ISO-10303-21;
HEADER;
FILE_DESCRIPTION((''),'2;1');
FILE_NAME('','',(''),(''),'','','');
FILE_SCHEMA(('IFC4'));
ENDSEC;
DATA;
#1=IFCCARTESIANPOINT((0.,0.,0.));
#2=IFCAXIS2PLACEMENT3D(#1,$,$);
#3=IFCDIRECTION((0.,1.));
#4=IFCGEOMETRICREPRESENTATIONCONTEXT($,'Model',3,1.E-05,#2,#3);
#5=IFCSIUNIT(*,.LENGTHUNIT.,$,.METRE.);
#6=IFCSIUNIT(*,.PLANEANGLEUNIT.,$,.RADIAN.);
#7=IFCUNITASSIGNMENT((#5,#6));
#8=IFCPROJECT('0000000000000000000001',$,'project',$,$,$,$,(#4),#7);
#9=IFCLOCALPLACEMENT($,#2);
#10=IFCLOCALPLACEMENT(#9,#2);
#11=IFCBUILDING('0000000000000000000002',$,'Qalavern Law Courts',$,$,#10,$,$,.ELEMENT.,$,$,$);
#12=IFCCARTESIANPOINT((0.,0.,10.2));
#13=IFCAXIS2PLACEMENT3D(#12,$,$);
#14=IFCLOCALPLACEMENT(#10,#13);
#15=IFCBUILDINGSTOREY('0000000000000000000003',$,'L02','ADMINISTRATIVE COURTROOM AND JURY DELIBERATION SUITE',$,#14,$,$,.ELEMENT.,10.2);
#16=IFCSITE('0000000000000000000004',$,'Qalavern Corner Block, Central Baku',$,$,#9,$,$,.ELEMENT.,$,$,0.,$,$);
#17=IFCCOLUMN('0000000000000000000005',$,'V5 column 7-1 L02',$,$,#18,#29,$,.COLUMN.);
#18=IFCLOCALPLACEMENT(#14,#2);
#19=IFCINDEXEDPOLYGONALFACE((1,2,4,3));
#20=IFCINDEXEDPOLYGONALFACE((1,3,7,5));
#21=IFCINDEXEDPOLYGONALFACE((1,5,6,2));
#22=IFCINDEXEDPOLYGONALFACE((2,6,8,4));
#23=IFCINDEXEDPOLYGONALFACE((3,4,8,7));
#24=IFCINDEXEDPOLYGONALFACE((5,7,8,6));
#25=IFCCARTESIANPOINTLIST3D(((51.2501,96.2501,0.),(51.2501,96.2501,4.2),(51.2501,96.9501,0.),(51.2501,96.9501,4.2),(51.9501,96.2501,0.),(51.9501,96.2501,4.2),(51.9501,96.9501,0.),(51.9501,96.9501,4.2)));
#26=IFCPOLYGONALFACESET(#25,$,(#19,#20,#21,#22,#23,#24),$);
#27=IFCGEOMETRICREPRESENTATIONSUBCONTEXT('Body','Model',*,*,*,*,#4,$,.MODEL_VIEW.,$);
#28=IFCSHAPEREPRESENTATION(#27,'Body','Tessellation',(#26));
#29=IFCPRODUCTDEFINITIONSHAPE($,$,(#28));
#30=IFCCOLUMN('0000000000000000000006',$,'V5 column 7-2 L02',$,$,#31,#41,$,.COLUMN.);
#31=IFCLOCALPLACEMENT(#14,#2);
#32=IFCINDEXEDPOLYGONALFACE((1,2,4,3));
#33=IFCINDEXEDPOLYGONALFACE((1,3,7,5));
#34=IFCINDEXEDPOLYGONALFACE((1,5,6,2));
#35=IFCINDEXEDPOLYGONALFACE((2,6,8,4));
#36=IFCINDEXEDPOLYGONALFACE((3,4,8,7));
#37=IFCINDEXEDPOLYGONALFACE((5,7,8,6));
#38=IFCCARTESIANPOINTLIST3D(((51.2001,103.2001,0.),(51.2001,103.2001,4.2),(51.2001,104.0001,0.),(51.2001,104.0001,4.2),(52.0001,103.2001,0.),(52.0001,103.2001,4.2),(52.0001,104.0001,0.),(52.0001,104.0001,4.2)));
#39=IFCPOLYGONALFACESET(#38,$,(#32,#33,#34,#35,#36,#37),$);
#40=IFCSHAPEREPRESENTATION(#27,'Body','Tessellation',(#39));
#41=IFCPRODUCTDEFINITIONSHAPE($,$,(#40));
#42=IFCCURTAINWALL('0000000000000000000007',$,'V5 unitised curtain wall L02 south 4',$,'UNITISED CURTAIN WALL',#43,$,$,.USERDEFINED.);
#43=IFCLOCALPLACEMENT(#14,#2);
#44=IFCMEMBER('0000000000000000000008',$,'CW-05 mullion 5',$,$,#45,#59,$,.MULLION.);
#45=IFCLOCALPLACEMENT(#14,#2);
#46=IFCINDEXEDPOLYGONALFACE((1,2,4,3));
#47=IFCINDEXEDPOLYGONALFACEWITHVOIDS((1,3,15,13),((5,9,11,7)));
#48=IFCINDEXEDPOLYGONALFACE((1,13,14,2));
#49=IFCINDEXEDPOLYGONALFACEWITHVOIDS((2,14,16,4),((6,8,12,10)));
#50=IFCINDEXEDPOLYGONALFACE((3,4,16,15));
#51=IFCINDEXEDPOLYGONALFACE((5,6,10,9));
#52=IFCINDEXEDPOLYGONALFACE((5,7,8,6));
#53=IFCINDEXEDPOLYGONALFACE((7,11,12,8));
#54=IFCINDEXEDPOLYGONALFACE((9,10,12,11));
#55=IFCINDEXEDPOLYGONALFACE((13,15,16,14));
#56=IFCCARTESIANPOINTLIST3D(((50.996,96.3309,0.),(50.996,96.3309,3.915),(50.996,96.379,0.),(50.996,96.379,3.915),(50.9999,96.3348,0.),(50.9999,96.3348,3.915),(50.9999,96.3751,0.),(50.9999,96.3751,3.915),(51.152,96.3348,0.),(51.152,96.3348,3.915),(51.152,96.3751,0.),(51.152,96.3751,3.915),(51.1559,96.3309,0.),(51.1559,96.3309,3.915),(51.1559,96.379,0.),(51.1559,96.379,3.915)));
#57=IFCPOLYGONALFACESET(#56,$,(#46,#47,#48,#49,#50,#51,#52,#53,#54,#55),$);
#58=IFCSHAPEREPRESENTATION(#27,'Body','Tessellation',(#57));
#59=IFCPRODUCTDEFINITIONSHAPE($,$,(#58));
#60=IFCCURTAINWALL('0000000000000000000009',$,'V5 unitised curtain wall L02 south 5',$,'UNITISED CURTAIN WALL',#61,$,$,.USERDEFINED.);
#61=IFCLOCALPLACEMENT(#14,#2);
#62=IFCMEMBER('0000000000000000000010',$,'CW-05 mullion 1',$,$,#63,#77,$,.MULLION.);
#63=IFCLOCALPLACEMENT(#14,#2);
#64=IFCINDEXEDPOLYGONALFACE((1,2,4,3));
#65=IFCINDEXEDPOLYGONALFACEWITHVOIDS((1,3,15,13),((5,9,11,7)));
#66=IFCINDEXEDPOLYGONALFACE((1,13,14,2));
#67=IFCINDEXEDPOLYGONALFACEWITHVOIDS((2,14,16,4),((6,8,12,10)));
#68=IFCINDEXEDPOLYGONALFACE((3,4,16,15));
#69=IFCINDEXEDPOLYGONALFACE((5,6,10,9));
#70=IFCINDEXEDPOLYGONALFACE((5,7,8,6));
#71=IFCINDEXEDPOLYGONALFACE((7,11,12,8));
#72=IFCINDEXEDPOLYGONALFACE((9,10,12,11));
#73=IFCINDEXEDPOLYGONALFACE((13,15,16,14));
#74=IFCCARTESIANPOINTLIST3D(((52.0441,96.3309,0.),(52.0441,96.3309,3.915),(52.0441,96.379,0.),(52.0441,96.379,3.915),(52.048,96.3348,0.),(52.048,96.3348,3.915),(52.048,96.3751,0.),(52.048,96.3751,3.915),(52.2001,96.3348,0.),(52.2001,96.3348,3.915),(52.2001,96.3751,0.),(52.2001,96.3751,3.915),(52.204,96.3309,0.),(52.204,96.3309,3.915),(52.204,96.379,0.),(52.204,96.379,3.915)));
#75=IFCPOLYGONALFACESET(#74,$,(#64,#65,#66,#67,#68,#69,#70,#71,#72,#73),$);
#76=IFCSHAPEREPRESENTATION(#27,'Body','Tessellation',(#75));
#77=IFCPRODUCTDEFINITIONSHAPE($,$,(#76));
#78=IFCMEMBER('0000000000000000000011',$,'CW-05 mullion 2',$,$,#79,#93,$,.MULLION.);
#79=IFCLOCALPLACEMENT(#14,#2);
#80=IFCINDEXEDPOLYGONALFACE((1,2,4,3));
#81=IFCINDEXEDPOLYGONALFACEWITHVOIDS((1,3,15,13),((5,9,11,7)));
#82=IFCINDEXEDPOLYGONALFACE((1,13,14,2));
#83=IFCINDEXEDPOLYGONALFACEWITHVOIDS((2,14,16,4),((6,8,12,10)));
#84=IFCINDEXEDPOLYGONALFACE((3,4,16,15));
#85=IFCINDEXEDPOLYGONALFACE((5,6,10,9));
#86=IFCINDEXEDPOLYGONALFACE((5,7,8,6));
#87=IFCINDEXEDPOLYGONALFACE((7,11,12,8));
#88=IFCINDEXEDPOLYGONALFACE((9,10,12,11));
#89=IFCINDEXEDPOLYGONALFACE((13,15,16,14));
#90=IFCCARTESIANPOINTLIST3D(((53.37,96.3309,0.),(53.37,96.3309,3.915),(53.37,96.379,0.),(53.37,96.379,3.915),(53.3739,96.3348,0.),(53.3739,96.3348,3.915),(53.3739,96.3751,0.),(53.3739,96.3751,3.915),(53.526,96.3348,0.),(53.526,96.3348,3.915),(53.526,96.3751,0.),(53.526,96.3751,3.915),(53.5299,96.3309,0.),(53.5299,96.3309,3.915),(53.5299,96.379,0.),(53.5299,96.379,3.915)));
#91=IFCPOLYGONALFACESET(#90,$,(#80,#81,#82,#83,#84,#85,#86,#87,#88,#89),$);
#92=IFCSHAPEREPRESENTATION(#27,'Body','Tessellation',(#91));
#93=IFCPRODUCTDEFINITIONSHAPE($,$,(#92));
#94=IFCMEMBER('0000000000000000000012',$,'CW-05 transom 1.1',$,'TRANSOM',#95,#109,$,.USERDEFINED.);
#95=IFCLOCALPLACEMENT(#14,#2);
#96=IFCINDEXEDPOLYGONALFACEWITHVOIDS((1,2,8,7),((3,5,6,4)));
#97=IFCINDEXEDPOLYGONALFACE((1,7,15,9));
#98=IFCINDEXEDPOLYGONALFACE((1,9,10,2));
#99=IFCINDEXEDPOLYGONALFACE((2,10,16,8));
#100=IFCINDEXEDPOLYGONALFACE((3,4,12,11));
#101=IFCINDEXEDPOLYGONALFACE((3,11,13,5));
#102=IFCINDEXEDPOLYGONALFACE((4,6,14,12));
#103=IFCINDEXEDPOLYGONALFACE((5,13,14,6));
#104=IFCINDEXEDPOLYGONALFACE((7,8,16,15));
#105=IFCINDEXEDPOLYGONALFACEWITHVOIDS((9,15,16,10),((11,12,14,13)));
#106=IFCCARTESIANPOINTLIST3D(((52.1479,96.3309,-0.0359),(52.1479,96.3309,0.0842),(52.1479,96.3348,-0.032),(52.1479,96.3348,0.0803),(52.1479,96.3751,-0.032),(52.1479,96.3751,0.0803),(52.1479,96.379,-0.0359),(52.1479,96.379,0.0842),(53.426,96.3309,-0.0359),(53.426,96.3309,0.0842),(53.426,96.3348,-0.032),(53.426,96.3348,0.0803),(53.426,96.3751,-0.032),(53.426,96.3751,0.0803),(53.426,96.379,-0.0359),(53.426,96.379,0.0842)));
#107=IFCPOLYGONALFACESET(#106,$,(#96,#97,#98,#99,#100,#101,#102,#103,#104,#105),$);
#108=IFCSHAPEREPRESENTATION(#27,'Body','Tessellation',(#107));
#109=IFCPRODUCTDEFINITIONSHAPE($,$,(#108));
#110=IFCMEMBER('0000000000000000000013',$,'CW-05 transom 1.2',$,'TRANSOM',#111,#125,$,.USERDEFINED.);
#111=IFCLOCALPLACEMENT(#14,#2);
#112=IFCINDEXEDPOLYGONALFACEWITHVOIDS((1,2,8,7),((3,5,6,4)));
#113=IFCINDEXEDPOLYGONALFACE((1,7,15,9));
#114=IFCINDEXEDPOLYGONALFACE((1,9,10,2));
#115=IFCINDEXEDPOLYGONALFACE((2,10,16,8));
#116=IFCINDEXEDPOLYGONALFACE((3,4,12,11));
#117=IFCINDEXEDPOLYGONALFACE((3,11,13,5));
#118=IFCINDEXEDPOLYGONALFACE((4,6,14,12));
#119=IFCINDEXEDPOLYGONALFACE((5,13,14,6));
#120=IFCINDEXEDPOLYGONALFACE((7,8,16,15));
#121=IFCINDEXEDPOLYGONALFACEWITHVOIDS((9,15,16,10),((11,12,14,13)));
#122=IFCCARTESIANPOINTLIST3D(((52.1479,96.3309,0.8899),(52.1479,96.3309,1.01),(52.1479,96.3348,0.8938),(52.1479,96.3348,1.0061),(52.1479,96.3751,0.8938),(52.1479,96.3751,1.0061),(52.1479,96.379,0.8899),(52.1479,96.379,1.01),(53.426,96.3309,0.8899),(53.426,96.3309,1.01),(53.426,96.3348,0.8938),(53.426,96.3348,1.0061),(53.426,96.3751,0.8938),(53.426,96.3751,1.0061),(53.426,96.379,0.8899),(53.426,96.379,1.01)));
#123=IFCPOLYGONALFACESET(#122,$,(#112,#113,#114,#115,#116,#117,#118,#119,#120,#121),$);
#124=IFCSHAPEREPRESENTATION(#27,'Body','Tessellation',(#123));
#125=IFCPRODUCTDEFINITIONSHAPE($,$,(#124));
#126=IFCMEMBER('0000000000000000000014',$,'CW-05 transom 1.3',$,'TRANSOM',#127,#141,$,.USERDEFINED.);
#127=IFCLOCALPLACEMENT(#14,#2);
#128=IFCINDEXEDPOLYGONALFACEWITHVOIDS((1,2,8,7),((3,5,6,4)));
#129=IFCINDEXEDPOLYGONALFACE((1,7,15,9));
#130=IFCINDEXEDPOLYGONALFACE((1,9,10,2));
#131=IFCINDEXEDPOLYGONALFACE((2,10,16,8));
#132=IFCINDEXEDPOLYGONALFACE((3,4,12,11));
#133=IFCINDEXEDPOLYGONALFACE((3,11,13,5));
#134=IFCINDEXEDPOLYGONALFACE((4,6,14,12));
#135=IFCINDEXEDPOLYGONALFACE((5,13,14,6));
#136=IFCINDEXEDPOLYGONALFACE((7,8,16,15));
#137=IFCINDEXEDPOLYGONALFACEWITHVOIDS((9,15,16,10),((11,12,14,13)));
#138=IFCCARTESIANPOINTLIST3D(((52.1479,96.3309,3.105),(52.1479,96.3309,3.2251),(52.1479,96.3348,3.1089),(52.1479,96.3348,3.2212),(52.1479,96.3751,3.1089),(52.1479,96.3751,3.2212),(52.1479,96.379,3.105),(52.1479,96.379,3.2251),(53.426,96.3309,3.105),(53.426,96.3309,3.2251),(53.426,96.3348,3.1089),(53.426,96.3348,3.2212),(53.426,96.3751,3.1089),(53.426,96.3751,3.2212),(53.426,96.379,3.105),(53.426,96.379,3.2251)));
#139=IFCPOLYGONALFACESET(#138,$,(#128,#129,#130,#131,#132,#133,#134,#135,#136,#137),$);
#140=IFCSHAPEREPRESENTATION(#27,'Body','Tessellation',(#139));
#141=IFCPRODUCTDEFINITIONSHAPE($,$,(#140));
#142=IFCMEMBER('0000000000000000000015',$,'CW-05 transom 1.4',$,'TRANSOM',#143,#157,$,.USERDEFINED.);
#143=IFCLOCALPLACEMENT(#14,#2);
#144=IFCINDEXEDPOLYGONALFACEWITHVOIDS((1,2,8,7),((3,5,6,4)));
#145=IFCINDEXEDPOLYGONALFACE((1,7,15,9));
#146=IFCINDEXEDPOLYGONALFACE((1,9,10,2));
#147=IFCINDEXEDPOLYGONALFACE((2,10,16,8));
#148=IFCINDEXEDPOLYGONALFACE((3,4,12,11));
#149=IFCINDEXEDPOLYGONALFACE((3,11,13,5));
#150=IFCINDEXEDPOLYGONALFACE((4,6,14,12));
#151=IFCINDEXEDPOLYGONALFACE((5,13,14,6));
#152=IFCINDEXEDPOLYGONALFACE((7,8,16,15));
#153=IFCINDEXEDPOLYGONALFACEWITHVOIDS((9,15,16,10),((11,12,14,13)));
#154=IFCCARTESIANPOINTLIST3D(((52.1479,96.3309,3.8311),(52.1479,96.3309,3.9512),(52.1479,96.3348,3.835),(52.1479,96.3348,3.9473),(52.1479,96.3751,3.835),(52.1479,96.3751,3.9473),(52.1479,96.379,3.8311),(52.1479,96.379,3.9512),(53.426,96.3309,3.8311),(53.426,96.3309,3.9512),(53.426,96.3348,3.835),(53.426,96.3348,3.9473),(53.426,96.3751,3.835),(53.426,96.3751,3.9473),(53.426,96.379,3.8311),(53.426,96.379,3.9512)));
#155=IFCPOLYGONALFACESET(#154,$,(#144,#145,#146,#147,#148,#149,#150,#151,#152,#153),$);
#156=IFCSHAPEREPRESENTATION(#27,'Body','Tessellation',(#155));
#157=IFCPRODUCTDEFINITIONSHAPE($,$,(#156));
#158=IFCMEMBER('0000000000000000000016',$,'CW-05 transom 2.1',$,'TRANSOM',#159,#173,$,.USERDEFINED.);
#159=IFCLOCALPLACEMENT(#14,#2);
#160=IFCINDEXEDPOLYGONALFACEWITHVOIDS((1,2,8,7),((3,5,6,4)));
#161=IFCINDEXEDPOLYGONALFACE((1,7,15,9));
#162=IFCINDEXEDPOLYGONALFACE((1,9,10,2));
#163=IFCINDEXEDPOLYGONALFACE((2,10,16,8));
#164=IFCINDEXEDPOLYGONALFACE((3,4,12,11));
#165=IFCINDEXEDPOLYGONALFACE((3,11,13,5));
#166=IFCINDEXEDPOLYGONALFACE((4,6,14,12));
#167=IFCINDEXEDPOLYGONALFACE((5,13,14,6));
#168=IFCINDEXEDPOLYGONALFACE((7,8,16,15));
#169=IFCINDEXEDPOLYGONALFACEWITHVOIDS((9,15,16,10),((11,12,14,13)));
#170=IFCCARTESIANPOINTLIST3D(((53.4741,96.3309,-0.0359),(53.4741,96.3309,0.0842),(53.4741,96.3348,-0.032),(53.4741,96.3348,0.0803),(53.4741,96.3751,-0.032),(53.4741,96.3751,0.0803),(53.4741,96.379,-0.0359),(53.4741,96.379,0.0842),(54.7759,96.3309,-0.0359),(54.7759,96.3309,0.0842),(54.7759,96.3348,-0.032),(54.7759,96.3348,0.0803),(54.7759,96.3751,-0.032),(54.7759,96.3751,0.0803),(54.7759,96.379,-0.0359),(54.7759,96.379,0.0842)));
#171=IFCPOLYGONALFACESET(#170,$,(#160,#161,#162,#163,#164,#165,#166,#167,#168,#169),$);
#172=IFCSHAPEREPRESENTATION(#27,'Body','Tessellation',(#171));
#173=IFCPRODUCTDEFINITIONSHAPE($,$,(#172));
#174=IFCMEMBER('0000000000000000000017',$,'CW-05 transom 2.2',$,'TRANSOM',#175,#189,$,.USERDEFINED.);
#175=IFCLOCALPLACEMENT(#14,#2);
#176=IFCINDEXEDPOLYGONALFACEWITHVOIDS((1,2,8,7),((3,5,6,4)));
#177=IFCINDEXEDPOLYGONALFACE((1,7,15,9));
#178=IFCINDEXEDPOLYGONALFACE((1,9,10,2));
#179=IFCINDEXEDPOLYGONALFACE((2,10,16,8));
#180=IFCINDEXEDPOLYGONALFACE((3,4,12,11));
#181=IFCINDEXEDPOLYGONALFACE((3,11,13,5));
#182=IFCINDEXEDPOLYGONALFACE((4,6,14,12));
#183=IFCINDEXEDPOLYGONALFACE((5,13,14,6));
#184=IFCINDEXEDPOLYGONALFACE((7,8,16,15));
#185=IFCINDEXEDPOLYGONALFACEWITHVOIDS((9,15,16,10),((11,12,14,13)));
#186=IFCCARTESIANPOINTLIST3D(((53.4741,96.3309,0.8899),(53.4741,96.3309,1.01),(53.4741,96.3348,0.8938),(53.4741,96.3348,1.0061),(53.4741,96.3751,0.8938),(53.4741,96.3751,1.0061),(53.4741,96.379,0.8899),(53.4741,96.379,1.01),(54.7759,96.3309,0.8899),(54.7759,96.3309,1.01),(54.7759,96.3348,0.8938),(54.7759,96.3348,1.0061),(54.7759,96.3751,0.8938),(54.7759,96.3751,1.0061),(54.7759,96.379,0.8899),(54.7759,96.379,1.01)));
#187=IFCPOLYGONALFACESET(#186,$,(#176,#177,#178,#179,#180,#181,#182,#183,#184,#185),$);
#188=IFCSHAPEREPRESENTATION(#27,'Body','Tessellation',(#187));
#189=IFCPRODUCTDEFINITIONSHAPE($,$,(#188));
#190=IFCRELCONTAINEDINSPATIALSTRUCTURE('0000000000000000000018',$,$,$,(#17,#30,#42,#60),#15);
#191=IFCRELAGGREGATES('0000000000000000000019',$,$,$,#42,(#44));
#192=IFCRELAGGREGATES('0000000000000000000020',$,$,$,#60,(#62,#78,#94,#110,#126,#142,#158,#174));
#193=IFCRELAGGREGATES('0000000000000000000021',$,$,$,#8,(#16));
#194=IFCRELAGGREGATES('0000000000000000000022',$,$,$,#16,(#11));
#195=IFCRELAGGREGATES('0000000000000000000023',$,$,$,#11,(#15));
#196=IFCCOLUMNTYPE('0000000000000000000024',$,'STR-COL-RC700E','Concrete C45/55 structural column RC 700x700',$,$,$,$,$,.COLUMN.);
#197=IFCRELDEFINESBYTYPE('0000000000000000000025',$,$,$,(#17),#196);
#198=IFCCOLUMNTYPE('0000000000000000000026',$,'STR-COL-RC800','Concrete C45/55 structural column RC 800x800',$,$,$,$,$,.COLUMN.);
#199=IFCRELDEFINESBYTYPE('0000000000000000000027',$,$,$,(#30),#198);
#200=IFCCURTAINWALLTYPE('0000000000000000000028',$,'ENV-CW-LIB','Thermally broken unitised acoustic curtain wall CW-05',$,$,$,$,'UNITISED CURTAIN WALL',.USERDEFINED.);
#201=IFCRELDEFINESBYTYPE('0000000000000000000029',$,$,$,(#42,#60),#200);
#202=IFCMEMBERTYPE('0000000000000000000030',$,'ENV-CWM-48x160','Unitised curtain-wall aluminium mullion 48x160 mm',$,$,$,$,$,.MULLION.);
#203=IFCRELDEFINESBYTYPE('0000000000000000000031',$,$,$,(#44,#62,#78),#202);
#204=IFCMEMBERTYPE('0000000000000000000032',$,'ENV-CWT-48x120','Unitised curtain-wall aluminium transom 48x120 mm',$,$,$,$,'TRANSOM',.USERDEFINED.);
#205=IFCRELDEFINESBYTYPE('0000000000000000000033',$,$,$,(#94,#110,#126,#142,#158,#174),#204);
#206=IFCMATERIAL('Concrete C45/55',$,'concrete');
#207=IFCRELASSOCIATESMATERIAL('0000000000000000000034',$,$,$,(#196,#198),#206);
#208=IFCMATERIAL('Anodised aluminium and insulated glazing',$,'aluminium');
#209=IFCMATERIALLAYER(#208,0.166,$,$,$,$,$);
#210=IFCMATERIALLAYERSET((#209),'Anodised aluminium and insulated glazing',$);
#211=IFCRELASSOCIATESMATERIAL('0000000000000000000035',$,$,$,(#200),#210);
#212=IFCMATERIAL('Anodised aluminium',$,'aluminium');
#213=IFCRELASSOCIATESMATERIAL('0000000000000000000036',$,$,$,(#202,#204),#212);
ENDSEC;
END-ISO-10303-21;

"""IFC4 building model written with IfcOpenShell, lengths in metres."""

from ifc_helpers import new_model, si_unit, direction, frame, origin, origin_2d, place, context, subcontext, project, spatial, rectangle, hollow_rectangle, extrude, material, layer, layer_set, material_profile, profile_set, type_object, element, aggregate, save


model = new_model("IFC4")

# Units and contexts
model_context = context("Model", 3, precision=1e-05, world=origin(), true_north=direction((0.0, 1.0)))
body_context = subcontext(model_context, "Body", "Model", "MODEL_VIEW")
ifc_project = project(units=[si_unit("LENGTHUNIT", "METRE"), si_unit("PLANEANGLEUNIT", "RADIAN")], contexts=[model_context])

# Site, building, storey
site_placement = place(None, origin())
site = spatial("IfcSite", under=ifc_project, at=site_placement, Name="Qalavern Corner Block, Central Baku", CompositionType="ELEMENT", RefElevation=0.0)
building_placement = place(site_placement, origin())
building = spatial("IfcBuilding", under=site, at=building_placement, Name="Qalavern Law Courts", CompositionType="ELEMENT")
storey_placement = place(building_placement, frame((0.0, 0.0, 10.2)))
storey = spatial("IfcBuildingStorey", under=building, at=storey_placement, Name="L02", Description="ADMINISTRATIVE COURTROOM AND JURY DELIBERATION SUITE", CompositionType="ELEMENT", Elevation=10.2)

# Columns
ifc_material_1 = material(Name="Concrete C45/55", Category="concrete")
ifc_material_profile_1 = material_profile(ifc_material_1, rectangle(XDim=0.7, YDim=0.7, at=origin_2d()), Name="RC 700x700")
ifc_profile_set_1 = profile_set([ifc_material_profile_1], Name="Concrete C45/55")
column_type_1 = type_object("IfcColumnType", Name="STR-COL-RC700E", Description="Concrete C45/55 structural column RC 700x700", PredefinedType="COLUMN", material=ifc_profile_set_1)
column_1_placement = place(storey_placement, frame((51.6001, 96.6001, 0.0), z_axis=(0.0, 0.0, 1.0), x_axis=(1.0, 0.0, 0.0)))
element("IfcColumn", 1, at=column_1_placement, inside=storey, type_object=column_type_1, Name="V5 column 7-1 L02", PredefinedType="COLUMN", context=body_context, shape_type="SweptSolid", body=[
    extrude(rectangle(XDim=0.7, YDim=0.7, at=origin_2d()), origin(), (0.0, 0.0, 1.0), 4.2),
])
ifc_material_profile_2 = material_profile(ifc_material_1, rectangle(XDim=0.8, YDim=0.8, at=origin_2d()), Name="RC 800x800")
ifc_profile_set_2 = profile_set([ifc_material_profile_2], Name="Concrete C45/55")
column_type_2 = type_object("IfcColumnType", Name="STR-COL-RC800", Description="Concrete C45/55 structural column RC 800x800", PredefinedType="COLUMN", material=ifc_profile_set_2)
column_2_placement = place(storey_placement, frame((51.6001, 103.6001, 0.0), z_axis=(0.0, 0.0, 1.0), x_axis=(1.0, 0.0, 0.0)))
element("IfcColumn", 2, at=column_2_placement, inside=storey, type_object=column_type_2, Name="V5 column 7-2 L02", PredefinedType="COLUMN", context=body_context, shape_type="SweptSolid", body=[
    extrude(rectangle(XDim=0.8, YDim=0.8, at=origin_2d()), origin(), (0.0, 0.0, 1.0), 4.2),
])

# Curtain wall, member
ifc_material_2 = material(Name="Anodised aluminium and insulated glazing", Category="aluminium")
ifc_layer_1 = layer(ifc_material_2, 0.166)
ifc_layer_set_1 = layer_set([ifc_layer_1], Name="Anodised aluminium and insulated glazing")
curtain_wall_type = type_object("IfcCurtainWallType", Name="ENV-CW-LIB", Description="Thermally broken unitised acoustic curtain wall CW-05", ElementType="UNITISED CURTAIN WALL", PredefinedType="USERDEFINED", material=ifc_layer_set_1)
curtain_wall_1_placement = place(storey_placement, origin())
curtain_wall_1 = element("IfcCurtainWall", 3, at=curtain_wall_1_placement, inside=storey, type_object=curtain_wall_type, Name="V5 unitised curtain wall L02 south 4", ObjectType="UNITISED CURTAIN WALL", PredefinedType="USERDEFINED")
ifc_material_3 = material(Name="Anodised aluminium", Category="aluminium")
ifc_material_profile_3 = material_profile(ifc_material_3, hollow_rectangle(XDim=0.0481, YDim=0.1599, WallThickness=0.0039, at=origin_2d()), Name="ALU MULLION 48x160")
ifc_profile_set_3 = profile_set([ifc_material_profile_3], Name="Anodised aluminium")
member_type_1 = type_object("IfcMemberType", Name="ENV-CWM-48x160", Description="Unitised curtain-wall aluminium mullion 48x160 mm", PredefinedType="MULLION", material=ifc_profile_set_3)
member_1_placement = place(storey_placement, frame((51.0759, 96.355, 0.0), z_axis=(0.0, 0.0, 1.0), x_axis=(0.0, 1.0, 0.0)))
member_1 = element("IfcMember", 4, at=member_1_placement, type_object=member_type_1, Name="CW-05 mullion 5", PredefinedType="MULLION", context=body_context, shape_type="SweptSolid", body=[
    extrude(hollow_rectangle(XDim=0.0481, YDim=0.1599, WallThickness=0.0039, at=origin_2d()), origin(), (0.0, 0.0, 1.0), 3.915),
])
aggregate(curtain_wall_1, [member_1])

# Curtain wall, members
curtain_wall_2_placement = place(storey_placement, origin())
curtain_wall_2 = element("IfcCurtainWall", 5, at=curtain_wall_2_placement, inside=storey, type_object=curtain_wall_type, Name="V5 unitised curtain wall L02 south 5", ObjectType="UNITISED CURTAIN WALL", PredefinedType="USERDEFINED")
member_2_placement = place(storey_placement, frame((52.124, 96.355, 0.0), z_axis=(0.0, 0.0, 1.0), x_axis=(0.0, 1.0, 0.0)))
member_2 = element("IfcMember", 6, at=member_2_placement, type_object=member_type_1, Name="CW-05 mullion 1", PredefinedType="MULLION", context=body_context, shape_type="SweptSolid", body=[
    extrude(hollow_rectangle(XDim=0.0481, YDim=0.1599, WallThickness=0.0039, at=origin_2d()), origin(), (0.0, 0.0, 1.0), 3.915),
])
member_3_placement = place(storey_placement, frame((53.45, 96.355, 0.0), z_axis=(0.0, 0.0, 1.0), x_axis=(0.0, 1.0, 0.0)))
member_3 = element("IfcMember", 7, at=member_3_placement, type_object=member_type_1, Name="CW-05 mullion 2", PredefinedType="MULLION", context=body_context, shape_type="SweptSolid", body=[
    extrude(hollow_rectangle(XDim=0.0481, YDim=0.1599, WallThickness=0.0039, at=origin_2d()), origin(), (0.0, 0.0, 1.0), 3.915),
])
ifc_material_profile_4 = material_profile(ifc_material_3, hollow_rectangle(XDim=0.0481, YDim=0.1201, WallThickness=0.0039, at=origin_2d()), Name="ALU TRANSOM 48x120")
ifc_profile_set_4 = profile_set([ifc_material_profile_4], Name="Anodised aluminium")
member_type_2 = type_object("IfcMemberType", Name="ENV-CWT-48x120", Description="Unitised curtain-wall aluminium transom 48x120 mm", ElementType="TRANSOM", PredefinedType="USERDEFINED", material=ifc_profile_set_4)
member_4_placement = place(storey_placement, frame((52.1479, 96.355, 0.0242), z_axis=(1.0, 0.0, 0.0), x_axis=(0.0, 1.0, 0.0)))
member_4 = element("IfcMember", 8, at=member_4_placement, type_object=member_type_2, Name="CW-05 transom 1.1", ObjectType="TRANSOM", PredefinedType="USERDEFINED", context=body_context, shape_type="SweptSolid", body=[
    extrude(hollow_rectangle(XDim=0.0481, YDim=0.1201, WallThickness=0.0039, at=origin_2d()), origin(), (0.0, 0.0, 1.0), 1.2781),
])
member_5_placement = place(storey_placement, frame((52.1479, 96.355, 0.95), z_axis=(1.0, 0.0, 0.0), x_axis=(0.0, 1.0, 0.0)))
member_5 = element("IfcMember", 9, at=member_5_placement, type_object=member_type_2, Name="CW-05 transom 1.2", ObjectType="TRANSOM", PredefinedType="USERDEFINED", context=body_context, shape_type="SweptSolid", body=[
    extrude(hollow_rectangle(XDim=0.0481, YDim=0.1201, WallThickness=0.0039, at=origin_2d()), origin(), (0.0, 0.0, 1.0), 1.2781),
])
member_6_placement = place(storey_placement, frame((52.1479, 96.355, 3.165), z_axis=(1.0, 0.0, 0.0), x_axis=(0.0, 1.0, 0.0)))
member_6 = element("IfcMember", 10, at=member_6_placement, type_object=member_type_2, Name="CW-05 transom 1.3", ObjectType="TRANSOM", PredefinedType="USERDEFINED", context=body_context, shape_type="SweptSolid", body=[
    extrude(hollow_rectangle(XDim=0.0481, YDim=0.1201, WallThickness=0.0039, at=origin_2d()), origin(), (0.0, 0.0, 1.0), 1.2781),
])
member_7_placement = place(storey_placement, frame((52.1479, 96.355, 3.8911), z_axis=(1.0, 0.0, 0.0), x_axis=(0.0, 1.0, 0.0)))
member_7 = element("IfcMember", 11, at=member_7_placement, type_object=member_type_2, Name="CW-05 transom 1.4", ObjectType="TRANSOM", PredefinedType="USERDEFINED", context=body_context, shape_type="SweptSolid", body=[
    extrude(hollow_rectangle(XDim=0.0481, YDim=0.1201, WallThickness=0.0039, at=origin_2d()), origin(), (0.0, 0.0, 1.0), 1.2781),
])
member_8_placement = place(storey_placement, frame((53.4741, 96.355, 0.0242), z_axis=(1.0, 0.0, 0.0), x_axis=(0.0, 1.0, 0.0)))
member_8 = element("IfcMember", 12, at=member_8_placement, type_object=member_type_2, Name="CW-05 transom 2.1", ObjectType="TRANSOM", PredefinedType="USERDEFINED", context=body_context, shape_type="SweptSolid", body=[
    extrude(hollow_rectangle(XDim=0.0481, YDim=0.1201, WallThickness=0.0039, at=origin_2d()), origin(), (0.0, 0.0, 1.0), 1.3018),
])
member_9_placement = place(storey_placement, frame((53.4741, 96.355, 0.95), z_axis=(1.0, 0.0, 0.0), x_axis=(0.0, 1.0, 0.0)))
member_9 = element("IfcMember", 13, at=member_9_placement, type_object=member_type_2, Name="CW-05 transom 2.2", ObjectType="TRANSOM", PredefinedType="USERDEFINED", context=body_context, shape_type="SweptSolid", body=[
    extrude(hollow_rectangle(XDim=0.0481, YDim=0.1201, WallThickness=0.0039, at=origin_2d()), origin(), (0.0, 0.0, 1.0), 1.3018),
])

aggregate(curtain_wall_2, [member_2, member_3, member_4, member_5, member_6, member_7, member_8, member_9])

save(model, "model.ifc")
